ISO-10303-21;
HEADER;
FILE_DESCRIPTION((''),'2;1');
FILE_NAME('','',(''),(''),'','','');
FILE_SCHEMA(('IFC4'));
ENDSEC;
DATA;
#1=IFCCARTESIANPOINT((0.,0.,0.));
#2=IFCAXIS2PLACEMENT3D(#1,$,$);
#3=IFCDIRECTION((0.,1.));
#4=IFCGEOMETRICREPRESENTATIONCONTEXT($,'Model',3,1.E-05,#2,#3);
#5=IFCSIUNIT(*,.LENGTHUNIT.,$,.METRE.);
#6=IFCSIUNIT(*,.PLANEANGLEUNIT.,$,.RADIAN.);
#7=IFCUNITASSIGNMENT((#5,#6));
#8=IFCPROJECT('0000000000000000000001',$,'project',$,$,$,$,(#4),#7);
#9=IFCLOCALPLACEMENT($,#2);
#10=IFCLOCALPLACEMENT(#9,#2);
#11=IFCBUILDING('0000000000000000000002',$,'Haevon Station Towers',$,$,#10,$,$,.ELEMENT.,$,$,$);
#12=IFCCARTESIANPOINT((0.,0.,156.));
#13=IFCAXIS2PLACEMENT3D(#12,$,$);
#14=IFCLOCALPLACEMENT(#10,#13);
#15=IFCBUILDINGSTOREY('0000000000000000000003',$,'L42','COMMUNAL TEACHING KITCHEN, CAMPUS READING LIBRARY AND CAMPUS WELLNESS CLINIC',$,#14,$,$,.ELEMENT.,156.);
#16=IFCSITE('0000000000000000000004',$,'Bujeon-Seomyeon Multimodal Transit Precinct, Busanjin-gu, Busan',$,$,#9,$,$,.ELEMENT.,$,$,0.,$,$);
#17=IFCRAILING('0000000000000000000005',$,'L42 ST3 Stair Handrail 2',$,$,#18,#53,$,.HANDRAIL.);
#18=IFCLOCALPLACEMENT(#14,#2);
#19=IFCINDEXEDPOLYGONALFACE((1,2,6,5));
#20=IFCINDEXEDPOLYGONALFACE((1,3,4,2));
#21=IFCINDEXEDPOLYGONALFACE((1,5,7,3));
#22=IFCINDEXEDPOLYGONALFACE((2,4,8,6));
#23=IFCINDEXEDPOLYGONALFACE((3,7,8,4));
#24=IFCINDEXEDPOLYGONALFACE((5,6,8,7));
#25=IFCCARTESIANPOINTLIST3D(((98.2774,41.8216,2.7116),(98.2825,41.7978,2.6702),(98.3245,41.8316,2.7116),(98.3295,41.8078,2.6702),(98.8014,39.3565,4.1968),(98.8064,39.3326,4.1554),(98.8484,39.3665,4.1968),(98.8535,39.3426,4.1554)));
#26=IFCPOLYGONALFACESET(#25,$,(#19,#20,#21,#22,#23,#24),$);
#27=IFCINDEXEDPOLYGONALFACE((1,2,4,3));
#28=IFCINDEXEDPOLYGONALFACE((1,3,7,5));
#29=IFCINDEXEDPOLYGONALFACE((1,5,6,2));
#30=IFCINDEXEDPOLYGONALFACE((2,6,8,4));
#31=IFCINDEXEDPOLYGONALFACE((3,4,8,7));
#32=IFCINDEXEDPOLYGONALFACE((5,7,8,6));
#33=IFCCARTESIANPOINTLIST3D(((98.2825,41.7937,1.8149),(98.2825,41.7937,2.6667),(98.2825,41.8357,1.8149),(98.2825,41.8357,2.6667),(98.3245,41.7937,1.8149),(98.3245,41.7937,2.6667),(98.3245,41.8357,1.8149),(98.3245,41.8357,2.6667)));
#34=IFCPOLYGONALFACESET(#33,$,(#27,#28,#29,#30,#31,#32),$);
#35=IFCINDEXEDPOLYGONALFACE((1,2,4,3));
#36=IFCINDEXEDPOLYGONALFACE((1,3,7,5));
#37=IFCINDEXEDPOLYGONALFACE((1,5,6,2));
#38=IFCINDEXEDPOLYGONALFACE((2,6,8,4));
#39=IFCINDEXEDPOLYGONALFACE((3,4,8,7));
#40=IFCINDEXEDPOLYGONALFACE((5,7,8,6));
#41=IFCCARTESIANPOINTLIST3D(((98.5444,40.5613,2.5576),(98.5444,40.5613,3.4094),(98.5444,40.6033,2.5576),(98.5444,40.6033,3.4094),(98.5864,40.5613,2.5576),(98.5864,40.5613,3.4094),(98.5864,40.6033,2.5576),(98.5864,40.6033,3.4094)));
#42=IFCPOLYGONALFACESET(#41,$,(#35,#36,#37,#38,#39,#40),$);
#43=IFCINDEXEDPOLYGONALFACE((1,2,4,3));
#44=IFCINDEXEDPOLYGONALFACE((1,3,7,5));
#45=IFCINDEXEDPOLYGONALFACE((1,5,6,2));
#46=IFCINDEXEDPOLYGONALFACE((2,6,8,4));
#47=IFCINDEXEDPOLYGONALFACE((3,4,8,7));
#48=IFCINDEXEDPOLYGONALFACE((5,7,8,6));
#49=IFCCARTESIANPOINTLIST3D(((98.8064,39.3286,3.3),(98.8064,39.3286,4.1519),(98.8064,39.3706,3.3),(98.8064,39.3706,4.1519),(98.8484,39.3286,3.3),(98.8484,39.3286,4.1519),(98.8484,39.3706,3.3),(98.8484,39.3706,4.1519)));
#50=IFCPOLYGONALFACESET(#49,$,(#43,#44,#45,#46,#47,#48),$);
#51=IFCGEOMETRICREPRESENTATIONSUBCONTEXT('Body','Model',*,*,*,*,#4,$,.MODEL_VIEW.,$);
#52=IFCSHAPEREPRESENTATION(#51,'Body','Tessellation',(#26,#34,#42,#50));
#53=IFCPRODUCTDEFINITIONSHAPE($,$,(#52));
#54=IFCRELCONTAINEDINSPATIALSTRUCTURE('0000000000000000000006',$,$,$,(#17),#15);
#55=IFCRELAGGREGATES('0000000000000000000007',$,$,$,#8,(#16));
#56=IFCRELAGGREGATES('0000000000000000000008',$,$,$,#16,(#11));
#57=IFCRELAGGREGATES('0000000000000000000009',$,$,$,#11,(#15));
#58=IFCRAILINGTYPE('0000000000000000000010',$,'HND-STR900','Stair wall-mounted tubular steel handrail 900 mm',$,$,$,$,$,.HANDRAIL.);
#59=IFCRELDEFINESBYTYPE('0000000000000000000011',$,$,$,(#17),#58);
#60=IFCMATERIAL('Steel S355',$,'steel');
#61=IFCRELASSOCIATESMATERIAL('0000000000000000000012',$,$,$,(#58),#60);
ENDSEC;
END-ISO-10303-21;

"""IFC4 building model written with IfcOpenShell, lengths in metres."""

from ifc_helpers import new_model, si_unit, direction, frame, origin, origin_2d, place, context, subcontext, project, spatial, rectangle, extrude, material, type_object, element, save


model = new_model("IFC4")

# Units and contexts
model_context = context("Model", 3, precision=1e-05, world=origin(), true_north=direction((0.0, 1.0)))
body_context = subcontext(model_context, "Body", "Model", "MODEL_VIEW")
ifc_project = project(units=[si_unit("LENGTHUNIT", "METRE"), si_unit("PLANEANGLEUNIT", "RADIAN")], contexts=[model_context])

# Site, building, storey
site_placement = place(None, origin())
site = spatial("IfcSite", under=ifc_project, at=site_placement, Name="Bujeon-Seomyeon Multimodal Transit Precinct, Busanjin-gu, Busan", CompositionType="ELEMENT", RefElevation=0.0)
building_placement = place(site_placement, origin())
building = spatial("IfcBuilding", under=site, at=building_placement, Name="Haevon Station Towers", CompositionType="ELEMENT")
storey_placement = place(building_placement, frame((0.0, 0.0, 156.0)))
storey = spatial("IfcBuildingStorey", under=building, at=storey_placement, Name="L42", Description="COMMUNAL TEACHING KITCHEN, CAMPUS READING LIBRARY AND CAMPUS WELLNESS CLINIC", CompositionType="ELEMENT", Elevation=156.0)

# Shared definitions
ifc_material_1 = material(Name="Steel S355", Category="steel")

# Railing
railing_type_1 = type_object("IfcRailingType", Name="HND-STR900", Description="Stair wall-mounted tubular steel handrail 900 mm", PredefinedType="HANDRAIL", material=ifc_material_1)
railing_1_placement = place(storey_placement, frame((98.3035, 41.8147, 1.8149)))
element("IfcRailing", 1, at=railing_1_placement, inside=storey, type_object=railing_type_1, Name="L42 ST3 Stair Handrail 2", PredefinedType="HANDRAIL", context=body_context, shape_type="SweptSolid", body=[
    extrude(rectangle(XDim=0.0481, YDim=0.0481, at=origin_2d()), frame((0.0, 0.0, 0.876), z_axis=(0.179109, -0.842712, 0.507697), x_axis=(0.978151, 0.207895, 0.0)), (0.0, 0.0, 1.0), 2.9253),
    extrude(rectangle(XDim=0.042, YDim=0.042, at=origin_2d()), origin(), (0.0, 0.0, 1.0), 0.8518),
    extrude(rectangle(XDim=0.042, YDim=0.042, at=origin_2d()), frame((0.262, -1.2324, 0.7427)), (0.0, 0.0, 1.0), 0.8518),
    extrude(rectangle(XDim=0.042, YDim=0.042, at=origin_2d()), frame((0.5239, -2.4651, 1.4851)), (0.0, 0.0, 1.0), 0.8518),
])

save(model, "model.ifc")
